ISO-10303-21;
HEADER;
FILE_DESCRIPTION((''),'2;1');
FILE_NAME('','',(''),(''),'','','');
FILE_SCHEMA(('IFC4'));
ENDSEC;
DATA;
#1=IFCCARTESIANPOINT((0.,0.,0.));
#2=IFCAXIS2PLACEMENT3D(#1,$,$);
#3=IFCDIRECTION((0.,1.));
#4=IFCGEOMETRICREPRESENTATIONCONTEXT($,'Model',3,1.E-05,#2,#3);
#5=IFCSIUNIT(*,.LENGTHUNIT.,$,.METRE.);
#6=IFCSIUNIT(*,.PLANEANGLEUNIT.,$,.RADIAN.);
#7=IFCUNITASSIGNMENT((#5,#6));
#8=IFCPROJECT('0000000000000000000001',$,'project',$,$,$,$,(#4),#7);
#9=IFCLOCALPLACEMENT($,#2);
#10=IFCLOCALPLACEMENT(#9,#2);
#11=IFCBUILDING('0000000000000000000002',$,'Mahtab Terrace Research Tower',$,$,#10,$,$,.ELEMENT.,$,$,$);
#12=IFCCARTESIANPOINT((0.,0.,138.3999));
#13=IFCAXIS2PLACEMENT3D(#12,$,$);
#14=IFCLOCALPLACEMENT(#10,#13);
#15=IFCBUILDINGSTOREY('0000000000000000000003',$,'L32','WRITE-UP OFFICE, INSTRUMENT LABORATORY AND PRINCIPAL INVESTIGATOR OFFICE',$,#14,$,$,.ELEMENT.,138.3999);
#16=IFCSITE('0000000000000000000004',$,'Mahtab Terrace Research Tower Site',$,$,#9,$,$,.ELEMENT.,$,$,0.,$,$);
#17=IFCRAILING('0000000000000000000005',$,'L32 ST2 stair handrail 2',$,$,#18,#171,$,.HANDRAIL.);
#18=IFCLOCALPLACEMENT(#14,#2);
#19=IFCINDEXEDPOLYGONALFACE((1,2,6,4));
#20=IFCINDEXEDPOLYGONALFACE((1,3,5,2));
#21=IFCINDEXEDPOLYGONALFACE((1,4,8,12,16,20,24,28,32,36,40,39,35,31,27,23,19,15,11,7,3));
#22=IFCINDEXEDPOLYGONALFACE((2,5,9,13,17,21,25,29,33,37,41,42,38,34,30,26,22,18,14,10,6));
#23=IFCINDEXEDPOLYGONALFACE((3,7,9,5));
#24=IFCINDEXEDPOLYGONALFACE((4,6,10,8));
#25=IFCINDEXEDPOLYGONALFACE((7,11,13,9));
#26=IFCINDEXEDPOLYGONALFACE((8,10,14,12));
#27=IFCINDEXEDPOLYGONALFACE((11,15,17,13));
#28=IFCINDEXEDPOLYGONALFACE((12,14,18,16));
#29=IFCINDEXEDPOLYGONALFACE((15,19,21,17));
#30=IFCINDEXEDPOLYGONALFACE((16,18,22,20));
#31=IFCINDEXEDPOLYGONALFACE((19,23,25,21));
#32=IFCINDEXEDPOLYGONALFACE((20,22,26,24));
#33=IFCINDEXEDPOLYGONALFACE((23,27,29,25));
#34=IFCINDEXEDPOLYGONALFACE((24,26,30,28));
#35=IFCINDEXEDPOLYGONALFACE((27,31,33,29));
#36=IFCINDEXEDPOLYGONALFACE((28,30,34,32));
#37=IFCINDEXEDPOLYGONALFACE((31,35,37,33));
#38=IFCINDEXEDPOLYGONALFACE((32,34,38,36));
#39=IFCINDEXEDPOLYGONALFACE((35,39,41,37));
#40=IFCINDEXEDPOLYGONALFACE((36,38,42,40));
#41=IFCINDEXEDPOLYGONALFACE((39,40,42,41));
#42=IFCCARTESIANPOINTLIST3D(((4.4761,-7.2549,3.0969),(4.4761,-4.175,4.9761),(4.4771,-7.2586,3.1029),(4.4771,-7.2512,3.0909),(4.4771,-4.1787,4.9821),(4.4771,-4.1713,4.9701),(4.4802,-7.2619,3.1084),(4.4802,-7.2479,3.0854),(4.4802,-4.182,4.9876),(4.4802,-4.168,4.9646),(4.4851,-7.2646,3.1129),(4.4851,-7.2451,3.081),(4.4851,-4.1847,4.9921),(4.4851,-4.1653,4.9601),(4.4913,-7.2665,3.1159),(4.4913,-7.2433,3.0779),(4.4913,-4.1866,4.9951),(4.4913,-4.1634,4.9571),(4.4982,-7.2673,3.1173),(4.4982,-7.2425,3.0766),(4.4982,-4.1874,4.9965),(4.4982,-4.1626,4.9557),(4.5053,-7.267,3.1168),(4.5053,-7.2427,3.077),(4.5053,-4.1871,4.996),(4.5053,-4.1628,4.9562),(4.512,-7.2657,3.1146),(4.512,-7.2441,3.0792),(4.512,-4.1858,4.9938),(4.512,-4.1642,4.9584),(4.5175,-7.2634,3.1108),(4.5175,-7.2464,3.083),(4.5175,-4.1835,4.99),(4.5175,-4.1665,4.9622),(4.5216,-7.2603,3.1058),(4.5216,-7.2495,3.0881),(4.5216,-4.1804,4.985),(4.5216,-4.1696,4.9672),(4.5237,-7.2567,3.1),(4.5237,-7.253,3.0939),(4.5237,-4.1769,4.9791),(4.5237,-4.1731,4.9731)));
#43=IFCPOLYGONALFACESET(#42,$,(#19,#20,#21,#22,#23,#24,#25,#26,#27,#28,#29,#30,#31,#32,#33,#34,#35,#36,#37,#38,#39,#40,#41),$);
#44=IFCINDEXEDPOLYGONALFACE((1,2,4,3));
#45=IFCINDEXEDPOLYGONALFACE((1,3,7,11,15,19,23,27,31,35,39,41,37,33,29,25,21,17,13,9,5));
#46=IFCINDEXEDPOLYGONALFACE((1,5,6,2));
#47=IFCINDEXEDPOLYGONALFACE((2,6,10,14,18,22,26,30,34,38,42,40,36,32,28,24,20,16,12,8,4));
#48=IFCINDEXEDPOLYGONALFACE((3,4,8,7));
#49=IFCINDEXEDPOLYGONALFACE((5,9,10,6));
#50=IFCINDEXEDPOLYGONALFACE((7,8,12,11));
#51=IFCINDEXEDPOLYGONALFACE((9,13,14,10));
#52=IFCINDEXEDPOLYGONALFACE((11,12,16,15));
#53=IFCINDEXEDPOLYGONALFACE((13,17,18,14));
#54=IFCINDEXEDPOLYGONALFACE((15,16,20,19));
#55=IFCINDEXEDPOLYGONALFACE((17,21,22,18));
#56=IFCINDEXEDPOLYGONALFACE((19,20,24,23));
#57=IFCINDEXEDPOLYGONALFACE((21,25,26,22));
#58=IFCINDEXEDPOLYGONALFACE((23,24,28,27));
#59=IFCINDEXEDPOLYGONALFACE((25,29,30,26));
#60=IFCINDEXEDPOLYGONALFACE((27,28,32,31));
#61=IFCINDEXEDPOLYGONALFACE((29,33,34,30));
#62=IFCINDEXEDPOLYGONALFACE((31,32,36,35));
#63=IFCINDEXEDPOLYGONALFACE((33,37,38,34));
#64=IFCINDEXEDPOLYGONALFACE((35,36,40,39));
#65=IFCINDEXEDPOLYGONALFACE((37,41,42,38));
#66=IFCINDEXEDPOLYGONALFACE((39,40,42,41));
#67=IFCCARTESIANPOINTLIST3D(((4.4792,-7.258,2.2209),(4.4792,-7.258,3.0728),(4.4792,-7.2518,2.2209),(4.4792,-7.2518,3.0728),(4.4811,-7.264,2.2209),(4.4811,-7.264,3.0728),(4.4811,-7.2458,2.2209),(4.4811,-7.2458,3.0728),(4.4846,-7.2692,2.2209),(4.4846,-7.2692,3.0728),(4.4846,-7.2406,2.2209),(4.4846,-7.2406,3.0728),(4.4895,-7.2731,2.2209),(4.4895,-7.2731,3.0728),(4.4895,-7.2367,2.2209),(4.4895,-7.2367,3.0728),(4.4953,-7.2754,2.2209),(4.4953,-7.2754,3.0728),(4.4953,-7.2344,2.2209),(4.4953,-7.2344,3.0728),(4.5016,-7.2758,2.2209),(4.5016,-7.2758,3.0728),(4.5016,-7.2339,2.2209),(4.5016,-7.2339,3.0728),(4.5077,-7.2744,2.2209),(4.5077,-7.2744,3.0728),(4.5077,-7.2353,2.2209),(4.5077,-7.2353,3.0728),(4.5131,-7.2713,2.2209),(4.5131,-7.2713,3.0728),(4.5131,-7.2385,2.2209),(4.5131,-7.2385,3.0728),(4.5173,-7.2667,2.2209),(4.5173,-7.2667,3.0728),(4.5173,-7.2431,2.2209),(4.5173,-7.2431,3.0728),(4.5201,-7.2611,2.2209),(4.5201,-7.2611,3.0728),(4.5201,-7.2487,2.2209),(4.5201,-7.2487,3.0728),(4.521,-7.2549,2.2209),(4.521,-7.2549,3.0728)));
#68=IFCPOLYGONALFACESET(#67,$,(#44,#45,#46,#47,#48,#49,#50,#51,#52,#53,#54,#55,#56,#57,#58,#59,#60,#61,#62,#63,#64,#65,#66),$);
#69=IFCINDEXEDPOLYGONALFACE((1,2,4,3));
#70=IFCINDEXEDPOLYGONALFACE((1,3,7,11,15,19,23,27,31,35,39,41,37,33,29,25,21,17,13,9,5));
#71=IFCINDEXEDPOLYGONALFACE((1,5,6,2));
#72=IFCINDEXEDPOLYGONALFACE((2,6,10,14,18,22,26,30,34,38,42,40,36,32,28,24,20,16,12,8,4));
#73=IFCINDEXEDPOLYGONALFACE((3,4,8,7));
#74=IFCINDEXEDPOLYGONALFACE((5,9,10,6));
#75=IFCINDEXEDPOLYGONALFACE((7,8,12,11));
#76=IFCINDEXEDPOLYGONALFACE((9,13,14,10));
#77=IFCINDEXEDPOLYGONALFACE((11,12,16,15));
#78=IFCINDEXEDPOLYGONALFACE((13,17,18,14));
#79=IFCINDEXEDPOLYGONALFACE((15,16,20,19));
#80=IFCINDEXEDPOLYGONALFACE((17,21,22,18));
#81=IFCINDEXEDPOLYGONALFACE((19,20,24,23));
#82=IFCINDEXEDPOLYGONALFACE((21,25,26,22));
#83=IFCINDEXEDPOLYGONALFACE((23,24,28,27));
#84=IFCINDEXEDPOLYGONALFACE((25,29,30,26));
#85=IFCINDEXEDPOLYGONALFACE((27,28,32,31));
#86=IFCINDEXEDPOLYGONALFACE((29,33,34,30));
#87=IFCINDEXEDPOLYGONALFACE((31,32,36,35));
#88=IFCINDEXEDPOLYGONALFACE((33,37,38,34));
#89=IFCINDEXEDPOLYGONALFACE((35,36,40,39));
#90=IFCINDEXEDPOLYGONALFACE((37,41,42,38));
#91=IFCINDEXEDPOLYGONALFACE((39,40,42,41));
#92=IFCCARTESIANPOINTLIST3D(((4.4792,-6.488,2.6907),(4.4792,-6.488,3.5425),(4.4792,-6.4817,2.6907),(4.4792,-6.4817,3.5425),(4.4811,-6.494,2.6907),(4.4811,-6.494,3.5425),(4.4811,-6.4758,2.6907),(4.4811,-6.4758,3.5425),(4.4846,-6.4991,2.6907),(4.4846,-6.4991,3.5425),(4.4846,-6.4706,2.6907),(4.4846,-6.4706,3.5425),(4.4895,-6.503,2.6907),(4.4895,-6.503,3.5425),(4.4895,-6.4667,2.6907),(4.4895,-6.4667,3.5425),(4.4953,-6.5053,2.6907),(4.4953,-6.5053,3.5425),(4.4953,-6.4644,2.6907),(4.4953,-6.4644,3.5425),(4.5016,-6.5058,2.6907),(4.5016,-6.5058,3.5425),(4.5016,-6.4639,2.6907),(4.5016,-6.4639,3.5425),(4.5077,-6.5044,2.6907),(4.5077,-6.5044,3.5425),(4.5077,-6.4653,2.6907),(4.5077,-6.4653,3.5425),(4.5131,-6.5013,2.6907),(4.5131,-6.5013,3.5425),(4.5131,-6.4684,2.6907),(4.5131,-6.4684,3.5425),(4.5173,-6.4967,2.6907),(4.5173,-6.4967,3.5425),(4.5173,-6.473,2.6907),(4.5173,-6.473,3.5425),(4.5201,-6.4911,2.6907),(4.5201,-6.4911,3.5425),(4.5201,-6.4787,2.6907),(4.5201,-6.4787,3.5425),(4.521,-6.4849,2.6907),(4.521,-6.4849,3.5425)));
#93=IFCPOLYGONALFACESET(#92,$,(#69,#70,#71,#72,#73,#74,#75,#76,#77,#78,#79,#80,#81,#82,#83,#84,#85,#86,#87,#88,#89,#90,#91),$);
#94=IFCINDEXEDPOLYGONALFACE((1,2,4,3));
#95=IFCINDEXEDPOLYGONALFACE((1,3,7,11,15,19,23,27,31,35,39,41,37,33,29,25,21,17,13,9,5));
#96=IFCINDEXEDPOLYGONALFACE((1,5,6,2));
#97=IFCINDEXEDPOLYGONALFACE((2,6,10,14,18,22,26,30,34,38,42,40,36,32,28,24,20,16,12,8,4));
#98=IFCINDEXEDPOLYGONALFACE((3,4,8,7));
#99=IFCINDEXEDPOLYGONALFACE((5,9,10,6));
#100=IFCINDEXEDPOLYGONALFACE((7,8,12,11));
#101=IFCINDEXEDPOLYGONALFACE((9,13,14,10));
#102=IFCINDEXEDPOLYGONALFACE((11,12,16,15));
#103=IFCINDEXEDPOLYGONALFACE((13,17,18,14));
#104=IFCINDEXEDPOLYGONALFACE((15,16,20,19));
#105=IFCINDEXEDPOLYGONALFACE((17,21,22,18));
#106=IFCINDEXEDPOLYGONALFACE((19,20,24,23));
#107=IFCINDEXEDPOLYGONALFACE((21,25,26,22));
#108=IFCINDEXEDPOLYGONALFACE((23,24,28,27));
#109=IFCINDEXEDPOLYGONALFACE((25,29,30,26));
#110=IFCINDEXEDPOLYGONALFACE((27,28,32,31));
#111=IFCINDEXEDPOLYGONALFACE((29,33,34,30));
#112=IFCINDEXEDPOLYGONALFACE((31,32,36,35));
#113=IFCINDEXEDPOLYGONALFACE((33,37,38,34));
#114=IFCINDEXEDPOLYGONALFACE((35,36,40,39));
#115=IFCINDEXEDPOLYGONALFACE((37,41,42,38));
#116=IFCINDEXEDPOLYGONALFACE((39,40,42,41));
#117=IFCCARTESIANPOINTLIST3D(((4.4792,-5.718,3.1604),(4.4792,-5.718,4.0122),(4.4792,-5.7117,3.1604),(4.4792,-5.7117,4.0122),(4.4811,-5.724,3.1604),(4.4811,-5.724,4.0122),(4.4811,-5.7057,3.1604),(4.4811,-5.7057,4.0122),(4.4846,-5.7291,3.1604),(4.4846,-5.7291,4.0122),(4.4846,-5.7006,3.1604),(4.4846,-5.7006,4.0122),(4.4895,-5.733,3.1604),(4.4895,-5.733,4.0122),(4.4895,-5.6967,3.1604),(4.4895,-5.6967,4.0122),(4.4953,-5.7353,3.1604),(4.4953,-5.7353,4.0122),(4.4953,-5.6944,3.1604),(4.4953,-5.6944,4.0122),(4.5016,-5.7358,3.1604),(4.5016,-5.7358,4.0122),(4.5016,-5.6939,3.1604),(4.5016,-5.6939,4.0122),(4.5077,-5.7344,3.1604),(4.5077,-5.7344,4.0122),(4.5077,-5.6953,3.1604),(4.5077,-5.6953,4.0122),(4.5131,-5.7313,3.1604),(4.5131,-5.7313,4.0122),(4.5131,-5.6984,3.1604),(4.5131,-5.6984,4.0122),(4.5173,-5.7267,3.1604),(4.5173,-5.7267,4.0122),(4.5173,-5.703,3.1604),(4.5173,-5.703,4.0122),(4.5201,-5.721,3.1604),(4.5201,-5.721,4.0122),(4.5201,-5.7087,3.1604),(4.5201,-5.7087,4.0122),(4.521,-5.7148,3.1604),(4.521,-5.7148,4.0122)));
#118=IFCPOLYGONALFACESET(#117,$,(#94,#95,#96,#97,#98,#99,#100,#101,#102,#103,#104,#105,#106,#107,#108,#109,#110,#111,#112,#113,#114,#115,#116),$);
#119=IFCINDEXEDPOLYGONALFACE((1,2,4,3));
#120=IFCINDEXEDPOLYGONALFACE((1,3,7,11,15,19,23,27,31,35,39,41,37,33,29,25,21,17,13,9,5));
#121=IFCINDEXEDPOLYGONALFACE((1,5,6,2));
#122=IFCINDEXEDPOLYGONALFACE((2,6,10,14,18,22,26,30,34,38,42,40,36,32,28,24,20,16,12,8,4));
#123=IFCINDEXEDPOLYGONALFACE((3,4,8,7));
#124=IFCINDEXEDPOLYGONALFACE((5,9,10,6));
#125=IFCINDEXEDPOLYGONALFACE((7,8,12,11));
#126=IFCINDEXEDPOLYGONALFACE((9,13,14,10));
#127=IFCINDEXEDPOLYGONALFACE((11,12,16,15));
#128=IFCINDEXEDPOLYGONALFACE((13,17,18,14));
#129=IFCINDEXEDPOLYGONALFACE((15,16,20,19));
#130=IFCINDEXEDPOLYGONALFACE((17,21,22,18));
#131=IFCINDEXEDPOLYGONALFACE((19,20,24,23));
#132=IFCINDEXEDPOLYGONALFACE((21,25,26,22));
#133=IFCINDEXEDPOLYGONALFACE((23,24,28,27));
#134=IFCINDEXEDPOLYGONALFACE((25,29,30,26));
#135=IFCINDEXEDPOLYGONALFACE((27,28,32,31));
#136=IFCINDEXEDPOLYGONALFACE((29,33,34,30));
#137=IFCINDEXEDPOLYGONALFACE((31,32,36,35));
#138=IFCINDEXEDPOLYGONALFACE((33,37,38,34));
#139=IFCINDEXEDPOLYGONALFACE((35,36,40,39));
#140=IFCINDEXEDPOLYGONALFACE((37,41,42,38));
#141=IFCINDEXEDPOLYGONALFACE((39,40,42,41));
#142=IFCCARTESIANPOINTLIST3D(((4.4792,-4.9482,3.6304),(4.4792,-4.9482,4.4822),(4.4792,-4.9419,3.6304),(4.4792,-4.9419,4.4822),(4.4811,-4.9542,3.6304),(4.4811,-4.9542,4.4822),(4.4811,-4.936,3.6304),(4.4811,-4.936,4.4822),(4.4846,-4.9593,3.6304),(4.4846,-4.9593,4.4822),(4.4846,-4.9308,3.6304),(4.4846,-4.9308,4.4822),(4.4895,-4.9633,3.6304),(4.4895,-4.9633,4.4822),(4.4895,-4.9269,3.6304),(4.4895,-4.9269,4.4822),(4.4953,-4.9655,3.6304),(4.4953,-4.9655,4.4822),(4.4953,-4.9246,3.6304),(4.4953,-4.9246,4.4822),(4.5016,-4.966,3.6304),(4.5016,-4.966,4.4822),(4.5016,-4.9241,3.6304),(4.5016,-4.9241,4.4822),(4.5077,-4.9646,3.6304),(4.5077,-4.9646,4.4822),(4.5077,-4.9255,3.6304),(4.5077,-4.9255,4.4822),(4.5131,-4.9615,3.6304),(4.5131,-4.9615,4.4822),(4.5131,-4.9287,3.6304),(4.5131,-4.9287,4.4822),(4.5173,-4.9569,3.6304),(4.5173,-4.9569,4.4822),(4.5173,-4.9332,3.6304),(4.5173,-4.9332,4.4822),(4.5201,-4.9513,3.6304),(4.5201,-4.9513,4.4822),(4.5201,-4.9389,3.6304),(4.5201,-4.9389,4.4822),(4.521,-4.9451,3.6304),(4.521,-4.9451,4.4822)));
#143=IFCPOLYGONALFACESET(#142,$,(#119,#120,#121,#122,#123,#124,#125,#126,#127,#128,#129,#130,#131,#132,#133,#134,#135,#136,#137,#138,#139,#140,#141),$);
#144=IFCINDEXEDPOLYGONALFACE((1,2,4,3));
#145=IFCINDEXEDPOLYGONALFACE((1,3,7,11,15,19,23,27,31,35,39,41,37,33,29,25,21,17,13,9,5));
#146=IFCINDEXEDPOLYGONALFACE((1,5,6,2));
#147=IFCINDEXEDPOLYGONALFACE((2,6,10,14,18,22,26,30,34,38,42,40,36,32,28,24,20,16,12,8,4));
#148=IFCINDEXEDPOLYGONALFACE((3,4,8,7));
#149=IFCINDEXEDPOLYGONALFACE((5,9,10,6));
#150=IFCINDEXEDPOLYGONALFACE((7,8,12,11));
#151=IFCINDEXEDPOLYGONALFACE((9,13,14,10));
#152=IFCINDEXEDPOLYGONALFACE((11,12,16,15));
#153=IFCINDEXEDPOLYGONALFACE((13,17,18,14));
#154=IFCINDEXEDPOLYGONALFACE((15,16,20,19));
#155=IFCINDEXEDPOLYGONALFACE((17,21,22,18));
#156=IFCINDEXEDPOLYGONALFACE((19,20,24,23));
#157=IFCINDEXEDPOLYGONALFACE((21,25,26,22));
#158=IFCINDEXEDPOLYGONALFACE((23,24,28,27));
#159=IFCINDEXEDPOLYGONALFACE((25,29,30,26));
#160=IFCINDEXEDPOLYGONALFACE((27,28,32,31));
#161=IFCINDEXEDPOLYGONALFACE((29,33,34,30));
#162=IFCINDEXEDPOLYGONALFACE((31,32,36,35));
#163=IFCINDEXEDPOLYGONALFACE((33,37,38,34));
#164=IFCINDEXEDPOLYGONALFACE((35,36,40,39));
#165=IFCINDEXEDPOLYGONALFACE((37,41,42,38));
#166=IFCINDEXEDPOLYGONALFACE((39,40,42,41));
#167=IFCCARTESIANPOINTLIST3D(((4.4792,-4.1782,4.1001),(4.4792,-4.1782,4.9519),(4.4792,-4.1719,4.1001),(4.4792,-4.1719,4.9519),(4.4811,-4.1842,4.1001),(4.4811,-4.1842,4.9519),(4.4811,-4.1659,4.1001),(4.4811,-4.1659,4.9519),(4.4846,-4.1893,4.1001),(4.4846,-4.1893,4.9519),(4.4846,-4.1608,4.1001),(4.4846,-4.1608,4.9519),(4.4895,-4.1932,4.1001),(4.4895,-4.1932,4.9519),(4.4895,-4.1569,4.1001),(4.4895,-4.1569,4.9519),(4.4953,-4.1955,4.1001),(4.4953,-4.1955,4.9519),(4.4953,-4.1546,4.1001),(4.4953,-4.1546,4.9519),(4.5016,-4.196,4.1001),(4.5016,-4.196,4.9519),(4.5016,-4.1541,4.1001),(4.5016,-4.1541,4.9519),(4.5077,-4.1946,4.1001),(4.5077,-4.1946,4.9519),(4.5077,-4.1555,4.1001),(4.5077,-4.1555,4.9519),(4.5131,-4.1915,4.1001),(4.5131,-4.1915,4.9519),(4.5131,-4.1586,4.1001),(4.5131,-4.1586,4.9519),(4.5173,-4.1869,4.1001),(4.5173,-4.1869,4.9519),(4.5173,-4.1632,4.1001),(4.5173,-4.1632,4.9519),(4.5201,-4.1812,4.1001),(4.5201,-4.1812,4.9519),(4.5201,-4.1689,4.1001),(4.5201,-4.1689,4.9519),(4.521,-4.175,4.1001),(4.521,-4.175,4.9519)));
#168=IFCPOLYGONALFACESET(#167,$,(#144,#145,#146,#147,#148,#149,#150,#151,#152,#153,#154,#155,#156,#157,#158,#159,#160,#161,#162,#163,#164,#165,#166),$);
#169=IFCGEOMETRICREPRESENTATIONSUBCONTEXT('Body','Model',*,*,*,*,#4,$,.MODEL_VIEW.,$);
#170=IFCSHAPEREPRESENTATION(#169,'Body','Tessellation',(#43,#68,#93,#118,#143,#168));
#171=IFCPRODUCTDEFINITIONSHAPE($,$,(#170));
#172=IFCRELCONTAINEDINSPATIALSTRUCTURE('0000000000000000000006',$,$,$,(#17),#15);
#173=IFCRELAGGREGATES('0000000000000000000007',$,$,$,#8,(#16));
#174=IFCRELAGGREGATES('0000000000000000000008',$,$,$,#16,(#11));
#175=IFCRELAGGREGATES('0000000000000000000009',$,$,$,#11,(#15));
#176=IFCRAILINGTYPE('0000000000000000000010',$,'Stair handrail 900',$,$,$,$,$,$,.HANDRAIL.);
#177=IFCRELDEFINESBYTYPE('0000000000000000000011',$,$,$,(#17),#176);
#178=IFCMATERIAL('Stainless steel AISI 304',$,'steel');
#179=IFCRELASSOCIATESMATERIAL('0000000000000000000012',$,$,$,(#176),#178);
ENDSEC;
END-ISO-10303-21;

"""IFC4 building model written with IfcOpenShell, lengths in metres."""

from ifc_helpers import new_model, si_unit, direction, frame, origin, origin_2d, place, context, subcontext, project, spatial, circle, extrude, material, type_object, element, save


model = new_model("IFC4")

# Units and contexts
model_context = context("Model", 3, precision=1e-05, world=origin(), true_north=direction((0.0, 1.0)))
body_context = subcontext(model_context, "Body", "Model", "MODEL_VIEW")
ifc_project = project(units=[si_unit("LENGTHUNIT", "METRE"), si_unit("PLANEANGLEUNIT", "RADIAN")], contexts=[model_context])

# Site, building, storey
site_placement = place(None, origin())
site = spatial("IfcSite", under=ifc_project, at=site_placement, Name="Mahtab Terrace Research Tower Site", CompositionType="ELEMENT", RefElevation=0.0)
building_placement = place(site_placement, origin())
building = spatial("IfcBuilding", under=site, at=building_placement, Name="Mahtab Terrace Research Tower", CompositionType="ELEMENT")
storey_placement = place(building_placement, frame((0.0, 0.0, 138.3999)))
storey = spatial("IfcBuildingStorey", under=building, at=storey_placement, Name="L32", Description="WRITE-UP OFFICE, INSTRUMENT LABORATORY AND PRINCIPAL INVESTIGATOR OFFICE", CompositionType="ELEMENT", Elevation=138.3999)

# Railing
ifc_material_1 = material(Name="Stainless steel AISI 304", Category="steel")
railing_type_1 = type_object("IfcRailingType", Name="Stair handrail 900", PredefinedType="HANDRAIL", material=ifc_material_1)
railing_1_placement = place(storey_placement, frame((4.5, -7.2549, 2.2209)))
element("IfcRailing", 1, at=railing_1_placement, inside=storey, type_object=railing_type_1, Name="L32 ST2 stair handrail 2", PredefinedType="HANDRAIL", context=body_context, shape_type="SweptSolid", body=[
    extrude(circle(Radius=0.0239, at=origin_2d()), frame((0.0, 0.0, 0.876), z_axis=(0.0, 0.853648, 0.52085), x_axis=(-1.0, 0.0, 0.0)), (0.0, 0.0, 1.0), 3.6079),
    extrude(circle(Radius=0.021, at=origin_2d()), origin(), (0.0, 0.0, 1.0), 0.8518),
    extrude(circle(Radius=0.021, at=origin_2d()), frame((0.0, 0.77, 0.4697)), (0.0, 0.0, 1.0), 0.8518),
    extrude(circle(Radius=0.021, at=origin_2d()), frame((0.0, 1.54, 0.9395)), (0.0, 0.0, 1.0), 0.8518),
    extrude(circle(Radius=0.021, at=origin_2d()), frame((0.0, 2.3098, 1.4094)), (0.0, 0.0, 1.0), 0.8518),
    extrude(circle(Radius=0.021, at=origin_2d()), frame((0.0, 3.0798, 1.8792)), (0.0, 0.0, 1.0), 0.8518),
])

save(model, "model.ifc")
